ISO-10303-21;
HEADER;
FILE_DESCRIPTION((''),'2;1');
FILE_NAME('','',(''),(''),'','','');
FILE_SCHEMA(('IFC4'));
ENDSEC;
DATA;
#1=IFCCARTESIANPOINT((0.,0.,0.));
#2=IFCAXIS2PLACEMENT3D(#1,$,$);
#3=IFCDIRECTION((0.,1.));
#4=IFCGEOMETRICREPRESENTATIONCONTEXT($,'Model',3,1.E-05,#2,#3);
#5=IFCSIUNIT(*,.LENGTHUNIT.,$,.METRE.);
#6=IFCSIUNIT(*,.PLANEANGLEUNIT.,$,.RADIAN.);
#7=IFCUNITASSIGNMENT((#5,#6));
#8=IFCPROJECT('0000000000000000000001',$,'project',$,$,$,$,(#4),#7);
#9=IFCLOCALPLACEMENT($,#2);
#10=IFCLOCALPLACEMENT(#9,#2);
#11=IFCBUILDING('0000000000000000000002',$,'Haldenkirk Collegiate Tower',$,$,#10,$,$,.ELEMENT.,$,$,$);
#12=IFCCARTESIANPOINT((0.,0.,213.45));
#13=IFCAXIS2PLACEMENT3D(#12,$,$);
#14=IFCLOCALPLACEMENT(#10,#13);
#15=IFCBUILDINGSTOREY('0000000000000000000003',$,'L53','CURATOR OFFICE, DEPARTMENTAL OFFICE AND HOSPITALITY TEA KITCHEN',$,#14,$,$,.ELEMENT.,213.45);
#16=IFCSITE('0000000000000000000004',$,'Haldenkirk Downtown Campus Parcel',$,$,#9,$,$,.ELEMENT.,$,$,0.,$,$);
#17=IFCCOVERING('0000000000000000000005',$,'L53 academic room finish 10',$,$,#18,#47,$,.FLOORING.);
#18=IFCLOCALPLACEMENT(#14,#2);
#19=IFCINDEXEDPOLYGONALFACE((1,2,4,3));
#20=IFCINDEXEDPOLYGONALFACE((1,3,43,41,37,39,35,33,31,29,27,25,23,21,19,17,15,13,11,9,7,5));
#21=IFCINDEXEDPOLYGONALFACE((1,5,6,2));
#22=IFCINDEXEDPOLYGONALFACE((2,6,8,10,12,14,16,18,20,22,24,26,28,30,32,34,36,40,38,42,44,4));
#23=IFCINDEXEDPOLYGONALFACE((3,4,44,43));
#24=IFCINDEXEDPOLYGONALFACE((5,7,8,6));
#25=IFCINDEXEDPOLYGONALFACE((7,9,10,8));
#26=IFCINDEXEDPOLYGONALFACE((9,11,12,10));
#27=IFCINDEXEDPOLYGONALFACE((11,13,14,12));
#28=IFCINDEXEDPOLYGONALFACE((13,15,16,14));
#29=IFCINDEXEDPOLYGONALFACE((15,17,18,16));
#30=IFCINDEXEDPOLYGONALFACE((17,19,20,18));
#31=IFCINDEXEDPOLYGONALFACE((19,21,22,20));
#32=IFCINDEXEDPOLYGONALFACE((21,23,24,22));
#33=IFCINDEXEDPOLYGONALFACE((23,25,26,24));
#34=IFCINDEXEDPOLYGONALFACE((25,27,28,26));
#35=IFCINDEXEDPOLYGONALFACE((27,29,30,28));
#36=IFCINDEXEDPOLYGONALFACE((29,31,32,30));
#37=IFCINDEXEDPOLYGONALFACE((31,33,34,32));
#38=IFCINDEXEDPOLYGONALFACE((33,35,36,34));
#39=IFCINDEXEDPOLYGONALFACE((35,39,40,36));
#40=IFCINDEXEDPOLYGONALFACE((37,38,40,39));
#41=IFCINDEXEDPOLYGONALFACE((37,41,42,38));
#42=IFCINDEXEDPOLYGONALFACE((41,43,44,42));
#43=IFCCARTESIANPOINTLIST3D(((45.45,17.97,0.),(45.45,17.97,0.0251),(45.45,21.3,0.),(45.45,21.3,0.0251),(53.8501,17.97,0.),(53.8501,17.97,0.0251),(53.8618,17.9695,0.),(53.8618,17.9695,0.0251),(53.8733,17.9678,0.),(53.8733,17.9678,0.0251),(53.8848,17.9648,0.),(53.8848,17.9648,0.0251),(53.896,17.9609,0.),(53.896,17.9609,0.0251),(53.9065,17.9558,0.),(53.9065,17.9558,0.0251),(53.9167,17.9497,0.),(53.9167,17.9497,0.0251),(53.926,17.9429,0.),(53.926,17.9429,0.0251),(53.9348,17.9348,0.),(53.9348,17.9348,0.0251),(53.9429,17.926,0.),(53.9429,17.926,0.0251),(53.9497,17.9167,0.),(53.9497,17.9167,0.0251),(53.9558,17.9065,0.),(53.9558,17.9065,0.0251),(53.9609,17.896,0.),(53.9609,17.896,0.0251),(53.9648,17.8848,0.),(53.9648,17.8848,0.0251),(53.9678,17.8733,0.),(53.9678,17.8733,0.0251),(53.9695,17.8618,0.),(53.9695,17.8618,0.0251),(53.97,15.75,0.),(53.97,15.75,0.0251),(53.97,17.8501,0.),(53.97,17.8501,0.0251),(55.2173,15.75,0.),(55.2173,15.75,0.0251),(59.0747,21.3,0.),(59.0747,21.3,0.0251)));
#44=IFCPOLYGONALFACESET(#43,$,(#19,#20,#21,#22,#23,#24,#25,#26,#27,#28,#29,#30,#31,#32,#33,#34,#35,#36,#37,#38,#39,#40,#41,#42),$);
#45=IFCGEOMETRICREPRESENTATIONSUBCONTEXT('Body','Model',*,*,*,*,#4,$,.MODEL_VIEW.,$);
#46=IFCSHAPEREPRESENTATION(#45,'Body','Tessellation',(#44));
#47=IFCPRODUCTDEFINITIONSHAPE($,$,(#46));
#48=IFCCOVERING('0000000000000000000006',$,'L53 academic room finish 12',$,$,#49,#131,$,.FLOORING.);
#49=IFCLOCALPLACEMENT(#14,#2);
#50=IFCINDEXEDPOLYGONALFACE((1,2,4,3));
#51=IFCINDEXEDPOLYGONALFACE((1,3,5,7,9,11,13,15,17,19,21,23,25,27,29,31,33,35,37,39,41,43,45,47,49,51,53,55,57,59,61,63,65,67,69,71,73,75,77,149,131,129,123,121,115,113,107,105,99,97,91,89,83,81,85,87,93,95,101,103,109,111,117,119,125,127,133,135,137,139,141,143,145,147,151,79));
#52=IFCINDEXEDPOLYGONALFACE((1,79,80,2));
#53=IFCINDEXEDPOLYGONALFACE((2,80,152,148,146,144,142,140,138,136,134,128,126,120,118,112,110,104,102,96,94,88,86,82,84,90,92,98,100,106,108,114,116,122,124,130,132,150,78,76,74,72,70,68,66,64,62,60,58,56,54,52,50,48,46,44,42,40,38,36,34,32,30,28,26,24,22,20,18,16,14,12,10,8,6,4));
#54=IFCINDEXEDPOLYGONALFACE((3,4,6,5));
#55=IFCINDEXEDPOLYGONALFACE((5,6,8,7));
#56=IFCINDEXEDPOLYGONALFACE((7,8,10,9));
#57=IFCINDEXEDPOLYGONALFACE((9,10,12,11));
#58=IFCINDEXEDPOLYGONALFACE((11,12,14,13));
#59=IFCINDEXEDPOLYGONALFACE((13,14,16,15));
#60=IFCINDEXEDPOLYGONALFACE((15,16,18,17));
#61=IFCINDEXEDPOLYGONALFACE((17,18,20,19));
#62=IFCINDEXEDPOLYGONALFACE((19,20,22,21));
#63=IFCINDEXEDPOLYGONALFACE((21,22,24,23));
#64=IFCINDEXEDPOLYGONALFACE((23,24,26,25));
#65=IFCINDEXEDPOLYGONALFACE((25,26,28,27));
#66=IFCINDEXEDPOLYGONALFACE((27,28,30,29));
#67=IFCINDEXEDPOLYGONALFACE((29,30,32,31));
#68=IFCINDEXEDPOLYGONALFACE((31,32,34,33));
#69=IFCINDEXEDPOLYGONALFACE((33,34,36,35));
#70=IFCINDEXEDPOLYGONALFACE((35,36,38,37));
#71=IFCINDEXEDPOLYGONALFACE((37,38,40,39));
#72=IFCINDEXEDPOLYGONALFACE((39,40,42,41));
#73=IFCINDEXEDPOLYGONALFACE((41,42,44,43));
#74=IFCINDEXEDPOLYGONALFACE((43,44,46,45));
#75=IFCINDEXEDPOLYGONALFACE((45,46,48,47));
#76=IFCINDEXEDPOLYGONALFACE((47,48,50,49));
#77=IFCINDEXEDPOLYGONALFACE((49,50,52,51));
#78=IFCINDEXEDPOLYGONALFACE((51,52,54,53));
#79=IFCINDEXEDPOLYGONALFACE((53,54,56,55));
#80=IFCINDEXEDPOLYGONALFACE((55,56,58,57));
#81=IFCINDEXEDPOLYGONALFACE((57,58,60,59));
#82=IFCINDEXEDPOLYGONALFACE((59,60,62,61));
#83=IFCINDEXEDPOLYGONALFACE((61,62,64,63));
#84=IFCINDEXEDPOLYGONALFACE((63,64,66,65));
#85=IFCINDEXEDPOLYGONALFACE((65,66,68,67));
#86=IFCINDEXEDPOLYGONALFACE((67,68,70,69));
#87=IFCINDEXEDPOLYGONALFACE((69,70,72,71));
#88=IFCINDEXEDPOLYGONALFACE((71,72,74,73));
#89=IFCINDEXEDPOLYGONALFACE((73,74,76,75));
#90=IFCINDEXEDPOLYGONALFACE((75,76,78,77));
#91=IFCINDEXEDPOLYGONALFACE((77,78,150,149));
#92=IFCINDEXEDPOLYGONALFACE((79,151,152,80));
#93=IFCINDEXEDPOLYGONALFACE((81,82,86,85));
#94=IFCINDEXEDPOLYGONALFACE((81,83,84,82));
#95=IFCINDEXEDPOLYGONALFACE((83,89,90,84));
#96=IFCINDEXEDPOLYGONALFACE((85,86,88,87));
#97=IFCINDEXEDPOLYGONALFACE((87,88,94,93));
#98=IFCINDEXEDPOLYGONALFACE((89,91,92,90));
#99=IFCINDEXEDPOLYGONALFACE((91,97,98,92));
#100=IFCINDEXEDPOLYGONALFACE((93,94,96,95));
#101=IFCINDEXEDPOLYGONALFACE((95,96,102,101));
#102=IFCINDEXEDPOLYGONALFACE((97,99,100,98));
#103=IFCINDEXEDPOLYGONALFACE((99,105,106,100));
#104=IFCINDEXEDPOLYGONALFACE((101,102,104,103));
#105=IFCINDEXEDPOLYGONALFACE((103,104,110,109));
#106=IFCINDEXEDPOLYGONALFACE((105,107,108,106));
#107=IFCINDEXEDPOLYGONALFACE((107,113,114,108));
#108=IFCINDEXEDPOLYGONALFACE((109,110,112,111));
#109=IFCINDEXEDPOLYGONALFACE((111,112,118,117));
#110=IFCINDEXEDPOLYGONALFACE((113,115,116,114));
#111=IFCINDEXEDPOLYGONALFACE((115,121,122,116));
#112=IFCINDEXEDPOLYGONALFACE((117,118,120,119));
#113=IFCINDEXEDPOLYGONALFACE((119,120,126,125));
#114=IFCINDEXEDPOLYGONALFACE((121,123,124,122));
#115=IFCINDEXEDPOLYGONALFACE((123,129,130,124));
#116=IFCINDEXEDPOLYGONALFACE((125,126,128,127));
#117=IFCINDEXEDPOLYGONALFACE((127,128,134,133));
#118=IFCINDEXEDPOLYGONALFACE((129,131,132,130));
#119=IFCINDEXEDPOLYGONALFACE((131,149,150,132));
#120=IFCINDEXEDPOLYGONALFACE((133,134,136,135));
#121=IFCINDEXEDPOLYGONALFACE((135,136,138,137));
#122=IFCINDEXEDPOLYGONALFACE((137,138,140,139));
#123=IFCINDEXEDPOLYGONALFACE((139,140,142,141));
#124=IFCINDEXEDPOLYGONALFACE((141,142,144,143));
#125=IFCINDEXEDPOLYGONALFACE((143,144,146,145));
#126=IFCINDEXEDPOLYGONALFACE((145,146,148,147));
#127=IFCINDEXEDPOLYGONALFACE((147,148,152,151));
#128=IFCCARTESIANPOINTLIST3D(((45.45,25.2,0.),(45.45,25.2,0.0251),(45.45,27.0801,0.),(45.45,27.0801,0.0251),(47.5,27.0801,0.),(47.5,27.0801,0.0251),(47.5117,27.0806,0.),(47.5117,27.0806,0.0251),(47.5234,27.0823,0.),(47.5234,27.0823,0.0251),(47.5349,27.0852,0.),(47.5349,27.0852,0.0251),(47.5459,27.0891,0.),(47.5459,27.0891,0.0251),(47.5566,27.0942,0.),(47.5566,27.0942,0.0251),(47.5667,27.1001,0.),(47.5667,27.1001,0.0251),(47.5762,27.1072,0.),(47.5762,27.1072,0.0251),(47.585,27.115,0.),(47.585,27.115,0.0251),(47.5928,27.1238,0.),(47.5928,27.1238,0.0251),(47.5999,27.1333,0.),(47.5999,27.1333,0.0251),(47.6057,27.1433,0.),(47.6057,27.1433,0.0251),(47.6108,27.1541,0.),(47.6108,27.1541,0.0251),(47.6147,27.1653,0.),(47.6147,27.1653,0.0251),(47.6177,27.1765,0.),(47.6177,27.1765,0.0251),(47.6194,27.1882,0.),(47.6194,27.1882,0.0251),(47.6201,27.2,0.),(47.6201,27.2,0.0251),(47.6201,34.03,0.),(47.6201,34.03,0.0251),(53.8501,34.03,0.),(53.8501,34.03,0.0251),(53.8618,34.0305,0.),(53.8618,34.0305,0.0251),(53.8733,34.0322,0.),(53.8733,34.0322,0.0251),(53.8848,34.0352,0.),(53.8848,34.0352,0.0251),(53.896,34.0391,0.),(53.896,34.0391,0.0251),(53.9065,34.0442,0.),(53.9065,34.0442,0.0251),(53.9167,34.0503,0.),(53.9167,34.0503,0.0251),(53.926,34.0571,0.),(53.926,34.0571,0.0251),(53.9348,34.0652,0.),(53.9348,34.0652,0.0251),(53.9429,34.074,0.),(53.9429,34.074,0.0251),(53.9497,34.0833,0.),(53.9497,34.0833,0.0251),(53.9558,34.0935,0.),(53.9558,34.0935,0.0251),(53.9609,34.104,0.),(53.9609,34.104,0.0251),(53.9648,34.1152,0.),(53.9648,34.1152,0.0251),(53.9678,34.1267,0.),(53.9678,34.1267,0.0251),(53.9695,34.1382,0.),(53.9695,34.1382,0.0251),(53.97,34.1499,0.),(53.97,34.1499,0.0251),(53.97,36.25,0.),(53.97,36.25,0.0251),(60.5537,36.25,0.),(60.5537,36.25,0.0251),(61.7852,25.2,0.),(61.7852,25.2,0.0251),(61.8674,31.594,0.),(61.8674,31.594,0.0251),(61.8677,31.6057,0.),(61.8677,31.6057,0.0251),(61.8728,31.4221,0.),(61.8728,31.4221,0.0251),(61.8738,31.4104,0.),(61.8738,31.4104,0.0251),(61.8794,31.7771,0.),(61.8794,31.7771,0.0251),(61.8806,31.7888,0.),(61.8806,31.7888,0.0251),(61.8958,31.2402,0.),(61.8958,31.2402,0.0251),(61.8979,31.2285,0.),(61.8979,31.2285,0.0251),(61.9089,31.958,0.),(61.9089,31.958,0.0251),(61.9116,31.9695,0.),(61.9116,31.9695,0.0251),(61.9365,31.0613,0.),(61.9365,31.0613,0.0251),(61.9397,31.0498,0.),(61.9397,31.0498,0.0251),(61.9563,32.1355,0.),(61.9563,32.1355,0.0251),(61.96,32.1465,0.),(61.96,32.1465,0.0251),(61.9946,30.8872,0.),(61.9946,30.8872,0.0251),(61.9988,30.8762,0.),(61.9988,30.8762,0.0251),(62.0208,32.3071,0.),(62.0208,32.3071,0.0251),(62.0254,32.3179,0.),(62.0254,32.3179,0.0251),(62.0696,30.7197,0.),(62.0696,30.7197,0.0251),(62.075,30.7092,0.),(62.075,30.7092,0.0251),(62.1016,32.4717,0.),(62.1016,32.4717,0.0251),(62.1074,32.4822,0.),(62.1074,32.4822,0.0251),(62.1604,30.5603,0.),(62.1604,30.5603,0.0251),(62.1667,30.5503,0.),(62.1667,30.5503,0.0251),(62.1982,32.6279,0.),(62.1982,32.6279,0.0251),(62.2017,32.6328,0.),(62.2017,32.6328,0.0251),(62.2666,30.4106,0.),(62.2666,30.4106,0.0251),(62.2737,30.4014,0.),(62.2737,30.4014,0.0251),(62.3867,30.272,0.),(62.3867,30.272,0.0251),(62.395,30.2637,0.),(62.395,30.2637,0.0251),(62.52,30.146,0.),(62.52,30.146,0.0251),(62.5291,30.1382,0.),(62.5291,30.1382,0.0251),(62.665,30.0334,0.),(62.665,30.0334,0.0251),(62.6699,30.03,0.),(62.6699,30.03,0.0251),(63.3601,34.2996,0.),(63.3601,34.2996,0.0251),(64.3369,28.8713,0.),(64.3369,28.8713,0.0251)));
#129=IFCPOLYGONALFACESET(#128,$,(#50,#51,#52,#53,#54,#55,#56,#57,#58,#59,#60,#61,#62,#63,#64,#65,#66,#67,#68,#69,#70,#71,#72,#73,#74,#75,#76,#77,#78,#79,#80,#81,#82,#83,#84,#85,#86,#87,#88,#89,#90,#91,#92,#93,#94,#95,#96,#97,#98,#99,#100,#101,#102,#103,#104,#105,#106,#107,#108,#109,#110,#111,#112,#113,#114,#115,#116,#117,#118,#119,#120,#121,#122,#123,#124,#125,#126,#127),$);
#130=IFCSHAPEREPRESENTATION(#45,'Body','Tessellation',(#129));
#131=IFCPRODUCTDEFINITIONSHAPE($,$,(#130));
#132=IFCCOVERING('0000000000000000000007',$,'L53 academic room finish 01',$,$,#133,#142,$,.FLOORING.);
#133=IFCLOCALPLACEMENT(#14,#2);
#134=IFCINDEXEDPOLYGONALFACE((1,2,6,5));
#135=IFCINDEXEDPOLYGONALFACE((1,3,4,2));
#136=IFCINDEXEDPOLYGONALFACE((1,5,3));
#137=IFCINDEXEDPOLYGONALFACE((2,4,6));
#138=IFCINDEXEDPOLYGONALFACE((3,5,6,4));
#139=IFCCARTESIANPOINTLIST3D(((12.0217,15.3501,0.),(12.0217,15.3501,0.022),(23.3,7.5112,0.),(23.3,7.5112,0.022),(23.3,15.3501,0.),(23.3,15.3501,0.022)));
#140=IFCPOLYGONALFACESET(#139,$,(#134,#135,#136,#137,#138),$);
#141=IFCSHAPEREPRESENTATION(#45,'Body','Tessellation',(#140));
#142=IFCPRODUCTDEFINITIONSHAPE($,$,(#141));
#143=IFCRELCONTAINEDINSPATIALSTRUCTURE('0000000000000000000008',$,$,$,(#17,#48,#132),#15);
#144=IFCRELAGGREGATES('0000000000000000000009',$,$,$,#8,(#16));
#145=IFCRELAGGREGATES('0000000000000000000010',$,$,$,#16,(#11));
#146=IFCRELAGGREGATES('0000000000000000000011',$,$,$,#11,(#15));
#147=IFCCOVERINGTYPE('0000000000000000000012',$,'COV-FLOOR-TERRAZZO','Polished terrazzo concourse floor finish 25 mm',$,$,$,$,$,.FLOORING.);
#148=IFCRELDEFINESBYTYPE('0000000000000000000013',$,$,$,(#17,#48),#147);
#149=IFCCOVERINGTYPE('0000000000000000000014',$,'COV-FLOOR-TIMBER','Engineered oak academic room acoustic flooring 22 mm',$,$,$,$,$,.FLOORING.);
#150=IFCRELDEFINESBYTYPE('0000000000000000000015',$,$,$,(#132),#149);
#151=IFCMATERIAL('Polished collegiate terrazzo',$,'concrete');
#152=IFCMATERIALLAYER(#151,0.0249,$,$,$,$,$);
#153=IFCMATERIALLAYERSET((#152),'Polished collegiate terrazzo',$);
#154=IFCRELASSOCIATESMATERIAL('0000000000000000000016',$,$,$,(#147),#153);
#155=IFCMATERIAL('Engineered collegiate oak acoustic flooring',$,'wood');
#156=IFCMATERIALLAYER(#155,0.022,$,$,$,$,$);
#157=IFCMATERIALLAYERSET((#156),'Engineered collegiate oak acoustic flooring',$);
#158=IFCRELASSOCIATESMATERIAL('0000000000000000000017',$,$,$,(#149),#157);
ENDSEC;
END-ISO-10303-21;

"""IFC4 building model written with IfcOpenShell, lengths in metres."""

from ifc_helpers import new_model, si_unit, direction, frame, origin, place, context, subcontext, project, spatial, polyline, outline, extrude, material, layer, layer_set, type_object, element, save


model = new_model("IFC4")

# Units and contexts
model_context = context("Model", 3, precision=1e-05, world=origin(), true_north=direction((0.0, 1.0)))
body_context = subcontext(model_context, "Body", "Model", "MODEL_VIEW")
ifc_project = project(units=[si_unit("LENGTHUNIT", "METRE"), si_unit("PLANEANGLEUNIT", "RADIAN")], contexts=[model_context])

# Site, building, storey
site_placement = place(None, origin())
site = spatial("IfcSite", under=ifc_project, at=site_placement, Name="Haldenkirk Downtown Campus Parcel", CompositionType="ELEMENT", RefElevation=0.0)
building_placement = place(site_placement, origin())
building = spatial("IfcBuilding", under=site, at=building_placement, Name="Haldenkirk Collegiate Tower", CompositionType="ELEMENT")
storey_placement = place(building_placement, frame((0.0, 0.0, 213.45)))
storey = spatial("IfcBuildingStorey", under=building, at=storey_placement, Name="L53", Description="CURATOR OFFICE, DEPARTMENTAL OFFICE AND HOSPITALITY TEA KITCHEN", CompositionType="ELEMENT", Elevation=213.45)

# Coverings
ifc_material_1 = material(Name="Polished collegiate terrazzo", Category="concrete")
ifc_layer_1 = layer(ifc_material_1, 0.0249)
ifc_layer_set_1 = layer_set([ifc_layer_1], Name="Polished collegiate terrazzo")
covering_type_1 = type_object("IfcCoveringType", Name="COV-FLOOR-TERRAZZO", Description="Polished terrazzo concourse floor finish 25 mm", PredefinedType="FLOORING", material=ifc_layer_set_1)
covering_1_placement = place(storey_placement, origin())
element("IfcCovering", 1, at=covering_1_placement, inside=storey, type_object=covering_type_1, Name="L53 academic room finish 10", PredefinedType="FLOORING", context=body_context, shape_type="SweptSolid", body=[
    extrude(outline(polyline([(55.2173, 15.75), (53.97, 15.75), (53.97, 17.8501), (53.9695, 17.8618), (53.9678, 17.8733), (53.9648, 17.8848), (53.9609, 17.896), (53.9558, 17.9065), (53.9497, 17.9167), (53.9429, 17.926), (53.9348, 17.9348), (53.926, 17.9429), (53.9167, 17.9497), (53.9065, 17.9558), (53.896, 17.9609), (53.8848, 17.9648), (53.8733, 17.9678), (53.8618, 17.9695), (53.8501, 17.97), (45.45, 17.97), (45.45, 21.3), (59.0747, 21.3), (55.2173, 15.75)])), origin(), (0.0, 0.0, 1.0), 0.0251),
])
covering_2_placement = place(storey_placement, origin())
element("IfcCovering", 2, at=covering_2_placement, inside=storey, type_object=covering_type_1, Name="L53 academic room finish 12", PredefinedType="FLOORING", context=body_context, shape_type="SweptSolid", body=[
    extrude(outline(polyline([(62.2017, 32.6328), (62.1982, 32.6279), (62.1074, 32.4822), (62.1016, 32.4717), (62.0254, 32.3179), (62.0208, 32.3071), (61.96, 32.1465), (61.9563, 32.1355), (61.9116, 31.9695), (61.9089, 31.958), (61.8806, 31.7888), (61.8794, 31.7771), (61.8677, 31.6057), (61.8674, 31.594), (61.8728, 31.4221), (61.8738, 31.4104), (61.8958, 31.2402), (61.8979, 31.2285), (61.9365, 31.0613), (61.9397, 31.0498), (61.9946, 30.8872), (61.9988, 30.8762), (62.0696, 30.7197), (62.075, 30.7092), (62.1604, 30.5603), (62.1667, 30.5503), (62.2666, 30.4106), (62.2737, 30.4014), (62.3867, 30.272), (62.395, 30.2637), (62.52, 30.146), (62.5291, 30.1382), (62.665, 30.0334), (62.6699, 30.03), (64.3369, 28.8713), (61.7852, 25.2), (45.45, 25.2), (45.45, 27.0801), (47.5, 27.0801), (47.5117, 27.0806), (47.5234, 27.0823), (47.5349, 27.0852), (47.5459, 27.0891), (47.5566, 27.0942), (47.5667, 27.1001), (47.5762, 27.1072), (47.585, 27.115), (47.5928, 27.1238), (47.5999, 27.1333), (47.6057, 27.1433), (47.6108, 27.1541), (47.6147, 27.1653), (47.6177, 27.1765), (47.6194, 27.1882), (47.6201, 27.2), (47.6201, 34.03), (53.8501, 34.03), (53.8618, 34.0305), (53.8733, 34.0322), (53.8848, 34.0352), (53.896, 34.0391), (53.9065, 34.0442), (53.9167, 34.0503), (53.926, 34.0571), (53.9348, 34.0652), (53.9429, 34.074), (53.9497, 34.0833), (53.9558, 34.0935), (53.9609, 34.104), (53.9648, 34.1152), (53.9678, 34.1267), (53.9695, 34.1382), (53.97, 34.1499), (53.97, 36.25), (60.5537, 36.25), (63.3601, 34.2996), (62.2017, 32.6328)])), origin(), (0.0, 0.0, 1.0), 0.0251),
])
ifc_material_2 = material(Name="Engineered collegiate oak acoustic flooring", Category="wood")
ifc_layer_2 = layer(ifc_material_2, 0.022)
ifc_layer_set_2 = layer_set([ifc_layer_2], Name="Engineered collegiate oak acoustic flooring")
covering_type_2 = type_object("IfcCoveringType", Name="COV-FLOOR-TIMBER", Description="Engineered oak academic room acoustic flooring 22 mm", PredefinedType="FLOORING", material=ifc_layer_set_2)
covering_3_placement = place(storey_placement, origin())
element("IfcCovering", 3, at=covering_3_placement, inside=storey, type_object=covering_type_2, Name="L53 academic room finish 01", PredefinedType="FLOORING", context=body_context, shape_type="SweptSolid", body=[
    extrude(outline(polyline([(12.0217, 15.3501), (23.3, 15.3501), (23.3, 7.5112), (12.0217, 15.3501)])), origin(), (0.0, 0.0, 1.0), 0.022),
])

save(model, "model.ifc")
